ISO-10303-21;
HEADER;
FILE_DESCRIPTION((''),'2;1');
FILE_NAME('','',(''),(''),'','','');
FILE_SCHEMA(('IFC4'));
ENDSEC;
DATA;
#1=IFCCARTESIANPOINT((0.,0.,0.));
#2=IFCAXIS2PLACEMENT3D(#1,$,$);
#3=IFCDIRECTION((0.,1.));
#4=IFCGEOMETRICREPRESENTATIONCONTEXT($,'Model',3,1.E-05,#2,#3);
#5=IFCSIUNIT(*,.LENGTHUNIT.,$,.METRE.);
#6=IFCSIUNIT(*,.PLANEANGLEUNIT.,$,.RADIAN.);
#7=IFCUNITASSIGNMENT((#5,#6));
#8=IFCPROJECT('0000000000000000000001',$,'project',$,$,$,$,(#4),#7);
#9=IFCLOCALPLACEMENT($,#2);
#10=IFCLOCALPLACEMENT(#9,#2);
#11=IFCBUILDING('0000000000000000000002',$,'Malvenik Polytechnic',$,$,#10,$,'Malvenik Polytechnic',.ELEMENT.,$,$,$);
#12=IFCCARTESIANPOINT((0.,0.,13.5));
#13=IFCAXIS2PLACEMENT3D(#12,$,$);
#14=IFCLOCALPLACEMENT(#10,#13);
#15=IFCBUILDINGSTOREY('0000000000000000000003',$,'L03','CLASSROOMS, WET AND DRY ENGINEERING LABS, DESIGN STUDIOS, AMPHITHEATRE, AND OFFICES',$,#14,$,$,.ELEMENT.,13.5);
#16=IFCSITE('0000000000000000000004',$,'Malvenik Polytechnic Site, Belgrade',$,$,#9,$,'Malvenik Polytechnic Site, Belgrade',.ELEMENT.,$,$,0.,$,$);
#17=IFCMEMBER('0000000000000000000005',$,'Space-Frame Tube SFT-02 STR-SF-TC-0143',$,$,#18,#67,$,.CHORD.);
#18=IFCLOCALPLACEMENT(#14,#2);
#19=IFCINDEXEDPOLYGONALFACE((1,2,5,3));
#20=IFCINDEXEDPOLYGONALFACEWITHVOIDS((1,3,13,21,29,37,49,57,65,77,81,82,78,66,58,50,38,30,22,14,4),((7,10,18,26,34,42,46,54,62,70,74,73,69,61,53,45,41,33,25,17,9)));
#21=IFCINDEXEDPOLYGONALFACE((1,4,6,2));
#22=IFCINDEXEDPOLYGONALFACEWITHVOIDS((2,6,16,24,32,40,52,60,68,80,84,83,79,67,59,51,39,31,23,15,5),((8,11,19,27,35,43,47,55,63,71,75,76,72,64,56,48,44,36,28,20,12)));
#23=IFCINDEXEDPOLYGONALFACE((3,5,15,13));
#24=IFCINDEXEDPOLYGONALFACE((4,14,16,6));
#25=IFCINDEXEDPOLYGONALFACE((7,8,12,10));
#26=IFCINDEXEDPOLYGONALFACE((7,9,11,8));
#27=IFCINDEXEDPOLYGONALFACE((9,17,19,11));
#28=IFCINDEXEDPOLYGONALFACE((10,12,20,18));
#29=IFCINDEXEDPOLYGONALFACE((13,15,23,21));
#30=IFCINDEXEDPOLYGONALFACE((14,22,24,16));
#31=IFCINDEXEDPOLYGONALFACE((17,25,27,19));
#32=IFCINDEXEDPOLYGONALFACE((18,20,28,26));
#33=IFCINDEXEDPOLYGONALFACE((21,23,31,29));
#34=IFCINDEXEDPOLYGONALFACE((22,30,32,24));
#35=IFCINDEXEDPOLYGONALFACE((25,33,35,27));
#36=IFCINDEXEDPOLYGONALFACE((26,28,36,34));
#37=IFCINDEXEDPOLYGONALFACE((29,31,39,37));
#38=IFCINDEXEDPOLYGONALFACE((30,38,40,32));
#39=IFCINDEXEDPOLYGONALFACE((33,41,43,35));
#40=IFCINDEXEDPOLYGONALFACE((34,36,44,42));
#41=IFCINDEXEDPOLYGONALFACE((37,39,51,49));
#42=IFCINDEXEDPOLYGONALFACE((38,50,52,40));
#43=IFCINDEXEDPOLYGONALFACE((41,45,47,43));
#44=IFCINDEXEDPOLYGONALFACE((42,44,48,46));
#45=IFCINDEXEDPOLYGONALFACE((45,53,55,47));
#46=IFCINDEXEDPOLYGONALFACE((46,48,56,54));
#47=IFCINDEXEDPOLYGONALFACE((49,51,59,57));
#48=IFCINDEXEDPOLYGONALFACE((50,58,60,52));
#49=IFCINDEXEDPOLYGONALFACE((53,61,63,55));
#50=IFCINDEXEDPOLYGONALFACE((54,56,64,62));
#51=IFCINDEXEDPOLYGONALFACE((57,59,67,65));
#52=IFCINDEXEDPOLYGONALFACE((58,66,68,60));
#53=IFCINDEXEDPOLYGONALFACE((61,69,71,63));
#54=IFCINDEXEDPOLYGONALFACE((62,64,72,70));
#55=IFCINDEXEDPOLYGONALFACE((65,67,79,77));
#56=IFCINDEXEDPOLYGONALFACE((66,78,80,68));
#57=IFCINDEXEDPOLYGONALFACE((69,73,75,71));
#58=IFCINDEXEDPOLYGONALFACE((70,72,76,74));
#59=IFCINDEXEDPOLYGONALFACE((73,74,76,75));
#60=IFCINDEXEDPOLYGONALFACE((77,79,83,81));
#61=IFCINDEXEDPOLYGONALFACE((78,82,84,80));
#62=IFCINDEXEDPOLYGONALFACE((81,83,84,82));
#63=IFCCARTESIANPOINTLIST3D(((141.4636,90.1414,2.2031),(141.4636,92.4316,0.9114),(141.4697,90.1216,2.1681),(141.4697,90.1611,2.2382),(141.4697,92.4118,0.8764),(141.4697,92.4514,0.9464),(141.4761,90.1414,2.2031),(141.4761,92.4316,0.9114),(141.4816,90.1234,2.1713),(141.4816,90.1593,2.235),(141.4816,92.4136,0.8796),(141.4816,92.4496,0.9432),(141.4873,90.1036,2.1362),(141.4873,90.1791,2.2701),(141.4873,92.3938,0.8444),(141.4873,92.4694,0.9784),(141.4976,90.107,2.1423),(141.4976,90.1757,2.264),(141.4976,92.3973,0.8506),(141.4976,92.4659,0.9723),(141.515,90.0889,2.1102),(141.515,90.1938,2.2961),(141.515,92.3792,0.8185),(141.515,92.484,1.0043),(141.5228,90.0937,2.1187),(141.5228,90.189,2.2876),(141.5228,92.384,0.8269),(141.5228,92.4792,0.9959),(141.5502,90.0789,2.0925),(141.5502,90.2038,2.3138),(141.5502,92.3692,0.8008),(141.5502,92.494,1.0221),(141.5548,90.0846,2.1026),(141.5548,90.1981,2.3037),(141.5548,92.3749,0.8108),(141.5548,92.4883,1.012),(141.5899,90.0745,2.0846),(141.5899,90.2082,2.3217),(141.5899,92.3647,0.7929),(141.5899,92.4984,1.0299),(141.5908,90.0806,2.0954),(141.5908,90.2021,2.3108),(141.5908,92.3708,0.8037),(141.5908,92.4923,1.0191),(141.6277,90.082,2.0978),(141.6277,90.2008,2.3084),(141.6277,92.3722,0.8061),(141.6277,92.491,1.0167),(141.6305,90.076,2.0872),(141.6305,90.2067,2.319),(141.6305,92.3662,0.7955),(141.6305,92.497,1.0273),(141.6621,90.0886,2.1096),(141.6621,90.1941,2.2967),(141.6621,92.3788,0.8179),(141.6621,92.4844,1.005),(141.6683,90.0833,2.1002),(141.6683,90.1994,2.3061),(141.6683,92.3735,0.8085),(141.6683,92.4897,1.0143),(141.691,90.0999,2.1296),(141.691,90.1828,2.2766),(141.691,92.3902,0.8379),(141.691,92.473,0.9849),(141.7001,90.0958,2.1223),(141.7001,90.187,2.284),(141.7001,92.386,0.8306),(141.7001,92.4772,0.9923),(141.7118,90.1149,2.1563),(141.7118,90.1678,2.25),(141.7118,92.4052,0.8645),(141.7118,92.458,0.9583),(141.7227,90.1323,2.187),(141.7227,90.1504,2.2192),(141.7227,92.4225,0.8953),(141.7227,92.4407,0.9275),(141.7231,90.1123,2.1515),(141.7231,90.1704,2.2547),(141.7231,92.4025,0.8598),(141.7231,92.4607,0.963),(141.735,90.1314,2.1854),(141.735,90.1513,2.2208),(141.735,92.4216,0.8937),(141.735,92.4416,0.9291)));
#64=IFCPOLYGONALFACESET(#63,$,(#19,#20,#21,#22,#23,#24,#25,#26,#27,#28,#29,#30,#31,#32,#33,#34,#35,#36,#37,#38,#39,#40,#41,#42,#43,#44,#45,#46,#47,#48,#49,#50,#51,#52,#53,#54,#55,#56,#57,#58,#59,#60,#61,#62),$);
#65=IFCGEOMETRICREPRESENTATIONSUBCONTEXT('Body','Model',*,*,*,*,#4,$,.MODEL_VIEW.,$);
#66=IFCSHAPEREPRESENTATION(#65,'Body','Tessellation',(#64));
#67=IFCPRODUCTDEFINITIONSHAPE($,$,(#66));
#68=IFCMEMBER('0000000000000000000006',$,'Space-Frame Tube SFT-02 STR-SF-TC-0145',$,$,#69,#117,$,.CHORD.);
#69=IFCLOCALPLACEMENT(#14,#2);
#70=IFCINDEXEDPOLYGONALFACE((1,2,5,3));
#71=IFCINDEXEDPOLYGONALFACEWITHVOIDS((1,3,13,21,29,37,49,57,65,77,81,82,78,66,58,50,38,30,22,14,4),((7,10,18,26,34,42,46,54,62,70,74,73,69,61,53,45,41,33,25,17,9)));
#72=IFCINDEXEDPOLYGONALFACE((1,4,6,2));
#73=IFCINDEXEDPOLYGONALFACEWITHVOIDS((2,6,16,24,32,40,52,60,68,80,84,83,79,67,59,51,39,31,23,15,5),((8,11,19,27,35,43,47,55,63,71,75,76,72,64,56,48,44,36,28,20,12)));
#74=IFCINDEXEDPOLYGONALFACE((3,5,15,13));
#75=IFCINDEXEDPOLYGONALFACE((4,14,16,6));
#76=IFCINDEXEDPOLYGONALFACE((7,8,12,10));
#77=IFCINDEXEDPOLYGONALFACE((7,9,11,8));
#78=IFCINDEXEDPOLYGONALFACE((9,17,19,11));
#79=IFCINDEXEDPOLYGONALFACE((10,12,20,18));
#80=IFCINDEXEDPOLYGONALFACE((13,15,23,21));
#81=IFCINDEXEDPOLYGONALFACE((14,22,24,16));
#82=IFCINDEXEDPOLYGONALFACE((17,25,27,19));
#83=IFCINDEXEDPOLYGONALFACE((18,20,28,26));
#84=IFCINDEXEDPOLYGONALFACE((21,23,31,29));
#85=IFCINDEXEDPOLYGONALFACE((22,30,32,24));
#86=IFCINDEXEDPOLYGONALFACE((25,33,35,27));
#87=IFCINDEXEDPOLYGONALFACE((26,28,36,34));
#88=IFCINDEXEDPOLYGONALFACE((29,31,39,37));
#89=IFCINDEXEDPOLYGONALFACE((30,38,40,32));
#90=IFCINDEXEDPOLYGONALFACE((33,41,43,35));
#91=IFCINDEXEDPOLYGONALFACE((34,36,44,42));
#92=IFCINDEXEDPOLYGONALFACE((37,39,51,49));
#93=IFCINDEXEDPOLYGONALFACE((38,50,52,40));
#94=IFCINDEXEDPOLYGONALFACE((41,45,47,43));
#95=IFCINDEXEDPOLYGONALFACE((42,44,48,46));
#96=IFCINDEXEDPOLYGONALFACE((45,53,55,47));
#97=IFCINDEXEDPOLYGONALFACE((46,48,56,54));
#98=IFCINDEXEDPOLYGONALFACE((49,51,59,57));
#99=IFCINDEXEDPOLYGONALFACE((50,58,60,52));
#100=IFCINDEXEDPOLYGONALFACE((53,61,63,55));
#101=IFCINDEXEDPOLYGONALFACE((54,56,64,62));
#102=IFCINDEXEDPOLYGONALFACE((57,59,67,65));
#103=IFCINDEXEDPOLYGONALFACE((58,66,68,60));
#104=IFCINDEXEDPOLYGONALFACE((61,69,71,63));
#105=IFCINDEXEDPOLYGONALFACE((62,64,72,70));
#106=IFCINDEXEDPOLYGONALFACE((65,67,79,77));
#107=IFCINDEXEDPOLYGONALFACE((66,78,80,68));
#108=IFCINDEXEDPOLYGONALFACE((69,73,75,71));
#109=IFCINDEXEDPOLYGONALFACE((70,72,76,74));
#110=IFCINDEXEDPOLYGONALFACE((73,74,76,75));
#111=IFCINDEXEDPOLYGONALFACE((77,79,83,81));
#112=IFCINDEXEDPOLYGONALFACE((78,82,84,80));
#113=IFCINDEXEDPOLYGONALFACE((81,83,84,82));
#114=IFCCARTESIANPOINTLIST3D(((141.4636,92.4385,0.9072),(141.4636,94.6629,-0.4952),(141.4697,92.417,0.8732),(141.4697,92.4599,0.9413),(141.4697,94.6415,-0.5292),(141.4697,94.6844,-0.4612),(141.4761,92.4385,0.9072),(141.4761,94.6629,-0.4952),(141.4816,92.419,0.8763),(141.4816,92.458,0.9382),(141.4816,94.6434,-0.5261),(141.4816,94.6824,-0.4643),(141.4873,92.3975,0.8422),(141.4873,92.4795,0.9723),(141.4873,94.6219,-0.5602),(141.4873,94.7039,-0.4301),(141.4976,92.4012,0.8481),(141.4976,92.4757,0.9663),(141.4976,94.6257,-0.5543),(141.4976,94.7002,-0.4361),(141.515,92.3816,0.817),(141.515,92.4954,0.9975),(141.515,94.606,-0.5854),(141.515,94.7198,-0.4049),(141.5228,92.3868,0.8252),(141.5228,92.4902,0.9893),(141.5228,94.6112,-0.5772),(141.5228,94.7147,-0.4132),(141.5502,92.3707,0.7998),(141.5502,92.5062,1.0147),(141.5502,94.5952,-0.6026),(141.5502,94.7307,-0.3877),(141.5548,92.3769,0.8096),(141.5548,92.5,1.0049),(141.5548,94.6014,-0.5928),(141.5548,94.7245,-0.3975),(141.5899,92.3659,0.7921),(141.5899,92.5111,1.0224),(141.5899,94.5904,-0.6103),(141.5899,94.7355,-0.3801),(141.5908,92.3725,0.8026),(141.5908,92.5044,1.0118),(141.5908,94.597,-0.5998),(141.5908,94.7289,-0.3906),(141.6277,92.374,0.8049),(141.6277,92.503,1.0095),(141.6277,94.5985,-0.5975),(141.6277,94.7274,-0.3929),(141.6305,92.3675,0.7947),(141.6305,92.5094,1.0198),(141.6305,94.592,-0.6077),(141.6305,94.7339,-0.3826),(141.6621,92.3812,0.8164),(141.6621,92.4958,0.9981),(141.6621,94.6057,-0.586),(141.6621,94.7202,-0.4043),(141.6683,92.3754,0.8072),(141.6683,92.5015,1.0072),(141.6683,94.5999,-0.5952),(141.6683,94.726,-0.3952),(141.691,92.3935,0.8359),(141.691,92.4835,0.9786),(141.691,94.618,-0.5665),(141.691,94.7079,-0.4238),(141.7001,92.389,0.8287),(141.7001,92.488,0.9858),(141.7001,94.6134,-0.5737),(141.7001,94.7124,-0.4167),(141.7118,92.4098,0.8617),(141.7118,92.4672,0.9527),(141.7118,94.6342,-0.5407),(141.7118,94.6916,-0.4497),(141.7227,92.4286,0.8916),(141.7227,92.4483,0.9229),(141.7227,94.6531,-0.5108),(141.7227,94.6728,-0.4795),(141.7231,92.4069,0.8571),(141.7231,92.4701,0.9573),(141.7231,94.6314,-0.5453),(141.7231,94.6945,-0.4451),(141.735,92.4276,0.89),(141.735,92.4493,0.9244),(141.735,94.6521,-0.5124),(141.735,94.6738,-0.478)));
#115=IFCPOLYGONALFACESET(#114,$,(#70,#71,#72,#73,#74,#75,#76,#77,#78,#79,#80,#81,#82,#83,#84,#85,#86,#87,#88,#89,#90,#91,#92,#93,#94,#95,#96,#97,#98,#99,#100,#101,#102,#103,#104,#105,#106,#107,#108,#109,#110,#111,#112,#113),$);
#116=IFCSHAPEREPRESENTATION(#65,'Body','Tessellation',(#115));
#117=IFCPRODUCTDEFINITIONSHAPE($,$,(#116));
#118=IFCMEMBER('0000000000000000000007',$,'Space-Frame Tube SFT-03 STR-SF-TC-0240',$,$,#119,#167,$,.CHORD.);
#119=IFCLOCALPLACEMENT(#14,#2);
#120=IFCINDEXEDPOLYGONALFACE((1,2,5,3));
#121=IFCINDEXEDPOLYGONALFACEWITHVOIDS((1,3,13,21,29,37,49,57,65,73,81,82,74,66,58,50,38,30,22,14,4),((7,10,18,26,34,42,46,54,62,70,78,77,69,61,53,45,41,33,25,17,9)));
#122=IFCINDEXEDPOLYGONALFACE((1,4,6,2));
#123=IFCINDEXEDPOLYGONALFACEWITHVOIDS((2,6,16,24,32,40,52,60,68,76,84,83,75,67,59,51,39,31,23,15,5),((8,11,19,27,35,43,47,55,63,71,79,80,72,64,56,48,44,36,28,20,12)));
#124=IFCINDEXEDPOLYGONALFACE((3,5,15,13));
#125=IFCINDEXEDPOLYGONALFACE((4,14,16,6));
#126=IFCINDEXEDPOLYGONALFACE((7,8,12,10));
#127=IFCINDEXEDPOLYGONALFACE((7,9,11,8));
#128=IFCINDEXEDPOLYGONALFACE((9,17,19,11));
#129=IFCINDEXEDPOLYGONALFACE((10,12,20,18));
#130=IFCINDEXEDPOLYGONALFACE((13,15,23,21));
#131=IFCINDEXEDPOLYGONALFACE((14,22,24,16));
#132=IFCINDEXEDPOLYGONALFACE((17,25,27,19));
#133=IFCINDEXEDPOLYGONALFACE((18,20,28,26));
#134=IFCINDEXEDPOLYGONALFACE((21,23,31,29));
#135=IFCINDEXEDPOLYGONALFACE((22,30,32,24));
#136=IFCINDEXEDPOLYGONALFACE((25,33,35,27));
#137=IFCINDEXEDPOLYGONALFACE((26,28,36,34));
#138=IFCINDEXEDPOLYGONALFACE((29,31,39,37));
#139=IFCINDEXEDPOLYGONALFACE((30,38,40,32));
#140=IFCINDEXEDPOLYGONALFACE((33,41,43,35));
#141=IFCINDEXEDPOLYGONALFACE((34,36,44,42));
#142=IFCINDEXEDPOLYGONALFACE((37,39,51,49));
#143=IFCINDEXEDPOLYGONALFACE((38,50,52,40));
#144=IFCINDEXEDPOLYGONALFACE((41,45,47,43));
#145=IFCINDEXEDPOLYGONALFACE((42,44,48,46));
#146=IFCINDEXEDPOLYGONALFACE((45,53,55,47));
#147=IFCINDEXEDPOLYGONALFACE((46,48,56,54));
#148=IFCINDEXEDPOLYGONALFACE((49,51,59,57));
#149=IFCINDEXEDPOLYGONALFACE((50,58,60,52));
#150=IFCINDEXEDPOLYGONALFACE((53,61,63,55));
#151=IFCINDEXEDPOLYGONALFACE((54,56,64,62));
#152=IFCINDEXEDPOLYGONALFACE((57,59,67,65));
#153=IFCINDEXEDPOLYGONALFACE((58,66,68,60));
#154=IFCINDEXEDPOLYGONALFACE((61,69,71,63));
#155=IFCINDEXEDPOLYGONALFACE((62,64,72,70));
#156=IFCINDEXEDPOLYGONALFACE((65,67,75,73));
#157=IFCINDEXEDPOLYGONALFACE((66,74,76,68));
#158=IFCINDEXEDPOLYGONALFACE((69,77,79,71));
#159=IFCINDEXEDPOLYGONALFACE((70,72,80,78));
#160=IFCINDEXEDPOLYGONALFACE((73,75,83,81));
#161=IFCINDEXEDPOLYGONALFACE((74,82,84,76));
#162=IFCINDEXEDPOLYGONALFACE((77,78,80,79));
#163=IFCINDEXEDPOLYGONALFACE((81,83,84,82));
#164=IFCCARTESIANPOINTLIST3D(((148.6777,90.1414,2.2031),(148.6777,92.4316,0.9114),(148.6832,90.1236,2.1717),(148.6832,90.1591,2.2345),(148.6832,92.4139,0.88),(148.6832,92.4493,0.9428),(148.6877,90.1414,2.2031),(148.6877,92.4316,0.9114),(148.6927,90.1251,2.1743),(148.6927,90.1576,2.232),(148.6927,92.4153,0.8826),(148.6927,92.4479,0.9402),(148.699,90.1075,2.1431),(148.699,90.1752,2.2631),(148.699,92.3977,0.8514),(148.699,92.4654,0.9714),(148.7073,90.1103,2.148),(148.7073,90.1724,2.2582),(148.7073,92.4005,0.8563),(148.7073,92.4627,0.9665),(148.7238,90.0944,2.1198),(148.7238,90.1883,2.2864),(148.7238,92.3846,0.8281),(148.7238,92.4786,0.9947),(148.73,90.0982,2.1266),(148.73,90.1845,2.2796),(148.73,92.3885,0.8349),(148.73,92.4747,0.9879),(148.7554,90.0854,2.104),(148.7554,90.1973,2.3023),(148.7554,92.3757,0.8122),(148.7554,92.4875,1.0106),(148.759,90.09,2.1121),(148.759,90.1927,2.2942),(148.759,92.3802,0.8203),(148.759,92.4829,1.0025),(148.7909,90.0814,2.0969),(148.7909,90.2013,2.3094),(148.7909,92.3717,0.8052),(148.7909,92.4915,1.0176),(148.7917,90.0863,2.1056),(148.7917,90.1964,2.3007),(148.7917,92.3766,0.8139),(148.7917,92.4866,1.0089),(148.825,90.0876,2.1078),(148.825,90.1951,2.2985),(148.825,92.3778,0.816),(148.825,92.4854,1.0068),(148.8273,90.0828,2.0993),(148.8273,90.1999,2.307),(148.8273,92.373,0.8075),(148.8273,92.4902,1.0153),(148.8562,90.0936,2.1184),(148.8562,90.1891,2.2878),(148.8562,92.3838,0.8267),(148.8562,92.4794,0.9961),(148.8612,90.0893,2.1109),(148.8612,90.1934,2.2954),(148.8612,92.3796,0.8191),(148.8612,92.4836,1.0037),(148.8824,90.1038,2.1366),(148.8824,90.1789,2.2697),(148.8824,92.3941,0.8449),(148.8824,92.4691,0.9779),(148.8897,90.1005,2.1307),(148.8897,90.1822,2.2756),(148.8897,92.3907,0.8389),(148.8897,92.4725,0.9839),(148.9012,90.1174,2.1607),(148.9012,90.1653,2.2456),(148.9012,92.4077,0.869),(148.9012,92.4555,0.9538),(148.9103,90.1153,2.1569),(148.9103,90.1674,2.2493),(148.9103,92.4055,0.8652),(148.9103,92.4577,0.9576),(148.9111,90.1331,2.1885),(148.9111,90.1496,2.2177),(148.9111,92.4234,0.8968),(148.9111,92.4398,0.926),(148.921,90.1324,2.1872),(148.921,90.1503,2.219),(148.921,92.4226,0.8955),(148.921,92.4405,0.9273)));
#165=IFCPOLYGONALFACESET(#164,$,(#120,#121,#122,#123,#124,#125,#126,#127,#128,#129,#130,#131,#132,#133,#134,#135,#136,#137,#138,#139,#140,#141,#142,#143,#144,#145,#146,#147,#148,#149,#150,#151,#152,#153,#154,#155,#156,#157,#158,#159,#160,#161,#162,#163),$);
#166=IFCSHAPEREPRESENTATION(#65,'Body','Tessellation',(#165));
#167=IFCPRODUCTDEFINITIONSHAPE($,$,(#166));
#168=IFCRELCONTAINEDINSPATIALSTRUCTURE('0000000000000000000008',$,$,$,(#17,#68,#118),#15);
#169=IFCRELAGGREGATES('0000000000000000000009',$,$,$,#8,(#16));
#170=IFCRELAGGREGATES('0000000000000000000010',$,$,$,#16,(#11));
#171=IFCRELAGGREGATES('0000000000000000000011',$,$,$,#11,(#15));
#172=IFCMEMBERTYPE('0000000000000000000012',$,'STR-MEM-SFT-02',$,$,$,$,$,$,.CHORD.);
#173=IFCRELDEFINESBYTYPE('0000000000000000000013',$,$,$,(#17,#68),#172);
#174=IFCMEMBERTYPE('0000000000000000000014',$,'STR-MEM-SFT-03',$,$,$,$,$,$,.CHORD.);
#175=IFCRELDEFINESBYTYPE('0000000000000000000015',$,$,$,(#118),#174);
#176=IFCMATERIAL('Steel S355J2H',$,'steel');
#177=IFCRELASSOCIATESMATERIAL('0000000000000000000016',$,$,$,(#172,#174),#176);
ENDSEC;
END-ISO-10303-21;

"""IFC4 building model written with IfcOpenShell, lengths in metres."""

from ifc_helpers import new_model, si_unit, direction, frame, origin, origin_2d, place, context, subcontext, project, spatial, hollow_circle, extrude, material, material_profile, profile_set, type_object, element, save


model = new_model("IFC4")

# Units and contexts
model_context = context("Model", 3, precision=1e-05, world=origin(), true_north=direction((0.0, 1.0)))
body_context = subcontext(model_context, "Body", "Model", "MODEL_VIEW")
ifc_project = project(units=[si_unit("LENGTHUNIT", "METRE"), si_unit("PLANEANGLEUNIT", "RADIAN")], contexts=[model_context])

# Site, building, storey
site_placement = place(None, origin())
site = spatial("IfcSite", under=ifc_project, at=site_placement, Name="Malvenik Polytechnic Site, Belgrade", LongName="Malvenik Polytechnic Site, Belgrade", CompositionType="ELEMENT", RefElevation=0.0)
building_placement = place(site_placement, origin())
building = spatial("IfcBuilding", under=site, at=building_placement, Name="Malvenik Polytechnic", LongName="Malvenik Polytechnic", CompositionType="ELEMENT")
storey_placement = place(building_placement, frame((0.0, 0.0, 13.5)))
storey = spatial("IfcBuildingStorey", under=building, at=storey_placement, Name="L03", Description="CLASSROOMS, WET AND DRY ENGINEERING LABS, DESIGN STUDIOS, AMPHITHEATRE, AND OFFICES", CompositionType="ELEMENT", Elevation=13.5)

# Members
ifc_material_1 = material(Name="Steel S355J2H", Category="steel")
ifc_material_profile_1 = material_profile(ifc_material_1, hollow_circle(Radius=0.1365, WallThickness=0.0125, at=origin_2d()), Name="CHS 273.0x12.5")
ifc_profile_set_1 = profile_set([ifc_material_profile_1], Name="Steel S355J2H")
member_type_1 = type_object("IfcMemberType", Name="STR-MEM-SFT-02", PredefinedType="CHORD", material=ifc_profile_set_1)
member_1_placement = place(storey_placement, frame((141.6001, 90.1414, 2.2031), z_axis=(0.0, 0.871012, -0.491262), x_axis=(-1.0, 0.0, 0.0)))
element("IfcMember", 1, at=member_1_placement, inside=storey, type_object=member_type_1, Name="Space-Frame Tube SFT-02 STR-SF-TC-0143", PredefinedType="CHORD", context=body_context, shape_type="SweptSolid", body=[
    extrude(hollow_circle(Radius=0.1365, WallThickness=0.0125, at=origin_2d()), origin(), (0.0, 0.0, 1.0), 2.6294),
])
member_2_placement = place(storey_placement, frame((141.6001, 92.4385, 0.9072), z_axis=(0.0, 0.845921, -0.533308), x_axis=(-1.0, 0.0, 0.0)))
element("IfcMember", 2, at=member_2_placement, inside=storey, type_object=member_type_1, Name="Space-Frame Tube SFT-02 STR-SF-TC-0145", PredefinedType="CHORD", context=body_context, shape_type="SweptSolid", body=[
    extrude(hollow_circle(Radius=0.1365, WallThickness=0.0125, at=origin_2d()), origin(), (0.0, 0.0, 1.0), 2.6296),
])
ifc_material_profile_2 = material_profile(ifc_material_1, hollow_circle(Radius=0.1223, WallThickness=0.01, at=origin_2d()), Name="CHS 244.5x10.0")
ifc_profile_set_2 = profile_set([ifc_material_profile_2], Name="Steel S355J2H")
member_type_2 = type_object("IfcMemberType", Name="STR-MEM-SFT-03", PredefinedType="CHORD", material=ifc_profile_set_2)
member_3_placement = place(storey_placement, frame((148.8, 90.1414, 2.2031), z_axis=(0.0, 0.871012, -0.491262), x_axis=(-1.0, 0.0, 0.0)))
element("IfcMember", 3, at=member_3_placement, inside=storey, type_object=member_type_2, Name="Space-Frame Tube SFT-03 STR-SF-TC-0240", PredefinedType="CHORD", context=body_context, shape_type="SweptSolid", body=[
    extrude(hollow_circle(Radius=0.1223, WallThickness=0.01, at=origin_2d()), origin(), (0.0, 0.0, 1.0), 2.6294),
])

save(model, "model.ifc")
